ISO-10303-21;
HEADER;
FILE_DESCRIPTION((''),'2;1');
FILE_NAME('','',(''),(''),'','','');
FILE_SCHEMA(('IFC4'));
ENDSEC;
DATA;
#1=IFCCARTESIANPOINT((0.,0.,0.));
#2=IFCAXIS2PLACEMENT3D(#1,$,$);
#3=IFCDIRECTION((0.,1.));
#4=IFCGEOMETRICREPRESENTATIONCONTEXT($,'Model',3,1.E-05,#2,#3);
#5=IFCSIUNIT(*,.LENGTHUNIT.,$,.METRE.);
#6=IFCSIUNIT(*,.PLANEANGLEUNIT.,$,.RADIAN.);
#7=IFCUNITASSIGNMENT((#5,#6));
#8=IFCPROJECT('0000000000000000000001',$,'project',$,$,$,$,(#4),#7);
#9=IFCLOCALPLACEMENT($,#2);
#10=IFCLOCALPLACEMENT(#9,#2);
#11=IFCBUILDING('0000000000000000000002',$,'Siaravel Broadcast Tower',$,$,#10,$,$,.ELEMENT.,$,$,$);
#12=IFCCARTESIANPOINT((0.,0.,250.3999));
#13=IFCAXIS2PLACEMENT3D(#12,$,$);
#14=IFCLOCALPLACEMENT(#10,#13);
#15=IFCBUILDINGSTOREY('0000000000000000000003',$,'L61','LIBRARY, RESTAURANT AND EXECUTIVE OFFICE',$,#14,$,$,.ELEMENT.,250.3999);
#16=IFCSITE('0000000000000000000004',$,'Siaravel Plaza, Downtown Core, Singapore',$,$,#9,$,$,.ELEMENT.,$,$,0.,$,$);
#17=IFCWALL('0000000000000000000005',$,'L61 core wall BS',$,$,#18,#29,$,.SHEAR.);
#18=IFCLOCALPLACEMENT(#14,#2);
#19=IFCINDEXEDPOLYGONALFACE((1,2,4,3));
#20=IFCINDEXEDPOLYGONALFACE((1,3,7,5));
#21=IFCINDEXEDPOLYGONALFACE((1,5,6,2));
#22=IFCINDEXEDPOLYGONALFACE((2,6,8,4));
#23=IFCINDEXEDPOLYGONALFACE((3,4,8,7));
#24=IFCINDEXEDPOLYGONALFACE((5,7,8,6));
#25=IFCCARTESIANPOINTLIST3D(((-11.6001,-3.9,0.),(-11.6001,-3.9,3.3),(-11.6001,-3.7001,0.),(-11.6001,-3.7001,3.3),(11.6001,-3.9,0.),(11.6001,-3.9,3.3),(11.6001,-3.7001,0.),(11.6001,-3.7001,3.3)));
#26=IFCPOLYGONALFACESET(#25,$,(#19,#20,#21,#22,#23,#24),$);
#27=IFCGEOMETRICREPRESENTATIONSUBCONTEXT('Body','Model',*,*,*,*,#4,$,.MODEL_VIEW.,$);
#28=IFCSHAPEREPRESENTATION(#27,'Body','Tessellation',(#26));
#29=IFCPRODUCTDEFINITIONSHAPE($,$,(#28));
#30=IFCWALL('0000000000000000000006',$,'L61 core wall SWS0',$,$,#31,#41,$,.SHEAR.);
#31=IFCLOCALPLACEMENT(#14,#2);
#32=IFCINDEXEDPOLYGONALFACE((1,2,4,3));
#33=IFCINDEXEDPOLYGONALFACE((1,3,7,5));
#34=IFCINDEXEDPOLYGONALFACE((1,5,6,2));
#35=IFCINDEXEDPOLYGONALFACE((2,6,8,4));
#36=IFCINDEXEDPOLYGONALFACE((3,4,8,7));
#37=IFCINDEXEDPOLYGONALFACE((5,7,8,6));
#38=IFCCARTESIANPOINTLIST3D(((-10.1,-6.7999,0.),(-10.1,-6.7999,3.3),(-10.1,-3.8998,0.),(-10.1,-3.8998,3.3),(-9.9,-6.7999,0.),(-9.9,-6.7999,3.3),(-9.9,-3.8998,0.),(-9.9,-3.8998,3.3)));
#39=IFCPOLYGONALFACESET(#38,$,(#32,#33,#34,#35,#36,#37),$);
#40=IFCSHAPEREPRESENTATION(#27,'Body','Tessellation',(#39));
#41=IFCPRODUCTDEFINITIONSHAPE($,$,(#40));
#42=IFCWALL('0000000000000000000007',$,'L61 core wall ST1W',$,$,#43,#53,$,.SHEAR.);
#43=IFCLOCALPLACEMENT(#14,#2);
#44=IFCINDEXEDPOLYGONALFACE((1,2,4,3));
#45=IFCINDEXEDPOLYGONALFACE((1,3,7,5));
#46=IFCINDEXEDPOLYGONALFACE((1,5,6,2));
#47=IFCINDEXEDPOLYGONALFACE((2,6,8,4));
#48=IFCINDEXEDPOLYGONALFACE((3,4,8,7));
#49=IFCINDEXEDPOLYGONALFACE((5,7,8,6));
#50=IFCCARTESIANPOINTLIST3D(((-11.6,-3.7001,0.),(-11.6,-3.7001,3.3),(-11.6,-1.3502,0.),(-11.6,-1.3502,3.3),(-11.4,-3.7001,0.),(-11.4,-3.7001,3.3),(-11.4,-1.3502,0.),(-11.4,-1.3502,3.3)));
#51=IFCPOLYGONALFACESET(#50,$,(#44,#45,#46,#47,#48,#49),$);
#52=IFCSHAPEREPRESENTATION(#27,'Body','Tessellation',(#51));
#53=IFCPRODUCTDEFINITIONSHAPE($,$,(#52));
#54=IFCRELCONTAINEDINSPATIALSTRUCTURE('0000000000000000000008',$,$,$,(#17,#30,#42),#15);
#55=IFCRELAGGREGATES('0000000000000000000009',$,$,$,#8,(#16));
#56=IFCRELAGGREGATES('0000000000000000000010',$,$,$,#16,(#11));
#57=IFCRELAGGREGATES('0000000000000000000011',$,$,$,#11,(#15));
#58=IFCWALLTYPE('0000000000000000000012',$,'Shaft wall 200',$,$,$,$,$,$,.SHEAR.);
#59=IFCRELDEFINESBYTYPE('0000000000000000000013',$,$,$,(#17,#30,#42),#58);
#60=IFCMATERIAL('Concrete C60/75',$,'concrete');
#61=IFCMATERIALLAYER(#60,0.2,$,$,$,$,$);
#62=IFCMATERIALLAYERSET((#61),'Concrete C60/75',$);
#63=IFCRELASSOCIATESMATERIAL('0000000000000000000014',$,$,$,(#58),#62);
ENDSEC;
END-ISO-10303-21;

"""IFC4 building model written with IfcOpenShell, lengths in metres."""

from ifc_helpers import new_model, si_unit, direction, frame, frame_2d, origin, place, context, subcontext, project, spatial, rectangle, extrude, material, layer, layer_set, type_object, element, save


model = new_model("IFC4")

# Units and contexts
model_context = context("Model", 3, precision=1e-05, world=origin(), true_north=direction((0.0, 1.0)))
body_context = subcontext(model_context, "Body", "Model", "MODEL_VIEW")
ifc_project = project(units=[si_unit("LENGTHUNIT", "METRE"), si_unit("PLANEANGLEUNIT", "RADIAN")], contexts=[model_context])

# Site, building, storey
site_placement = place(None, origin())
site = spatial("IfcSite", under=ifc_project, at=site_placement, Name="Siaravel Plaza, Downtown Core, Singapore", CompositionType="ELEMENT", RefElevation=0.0)
building_placement = place(site_placement, origin())
building = spatial("IfcBuilding", under=site, at=building_placement, Name="Siaravel Broadcast Tower", CompositionType="ELEMENT")
storey_placement = place(building_placement, frame((0.0, 0.0, 250.3999)))
storey = spatial("IfcBuildingStorey", under=building, at=storey_placement, Name="L61", Description="LIBRARY, RESTAURANT AND EXECUTIVE OFFICE", CompositionType="ELEMENT", Elevation=250.3999)

# Shared definitions
ifc_material_1 = material(Name="Concrete C60/75", Category="concrete")

# Walls
ifc_layer_1 = layer(ifc_material_1, 0.2)
ifc_layer_set_1 = layer_set([ifc_layer_1], Name="Concrete C60/75")
wall_type_1 = type_object("IfcWallType", Name="Shaft wall 200", PredefinedType="SHEAR", material=ifc_layer_set_1)
wall_1_placement = place(storey_placement, frame((-11.6001, -3.8, 0.0), z_axis=(0.0, 0.0, 1.0), x_axis=(1.0, 0.0, 0.0)))
element("IfcWall", 1, at=wall_1_placement, inside=storey, type_object=wall_type_1, Name="L61 core wall BS", PredefinedType="SHEAR", context=body_context, shape_type="SweptSolid", body=[
    extrude(rectangle(XDim=23.2002, YDim=0.2, at=frame_2d((11.6001, 0.0))), origin(), (0.0, 0.0, 1.0), 3.3),
])
wall_2_placement = place(storey_placement, frame((-10.0, -6.8, 0.0), z_axis=(0.0, 0.0, 1.0), x_axis=(0.0, 1.0, 0.0)))
element("IfcWall", 2, at=wall_2_placement, inside=storey, type_object=wall_type_1, Name="L61 core wall SWS0", PredefinedType="SHEAR", context=body_context, shape_type="SweptSolid", body=[
    extrude(rectangle(XDim=2.9001, YDim=0.2, at=frame_2d((1.4502, 0.0))), origin(), (0.0, 0.0, 1.0), 3.3),
])
wall_3_placement = place(storey_placement, frame((-11.5, -3.7, 0.0), z_axis=(0.0, 0.0, 1.0), x_axis=(0.0, 1.0, 0.0)))
element("IfcWall", 3, at=wall_3_placement, inside=storey, type_object=wall_type_1, Name="L61 core wall ST1W", PredefinedType="SHEAR", context=body_context, shape_type="SweptSolid", body=[
    extrude(rectangle(XDim=2.3499, YDim=0.2, at=frame_2d((1.1748, 0.0))), origin(), (0.0, 0.0, 1.0), 3.3),
])

save(model, "model.ifc")
